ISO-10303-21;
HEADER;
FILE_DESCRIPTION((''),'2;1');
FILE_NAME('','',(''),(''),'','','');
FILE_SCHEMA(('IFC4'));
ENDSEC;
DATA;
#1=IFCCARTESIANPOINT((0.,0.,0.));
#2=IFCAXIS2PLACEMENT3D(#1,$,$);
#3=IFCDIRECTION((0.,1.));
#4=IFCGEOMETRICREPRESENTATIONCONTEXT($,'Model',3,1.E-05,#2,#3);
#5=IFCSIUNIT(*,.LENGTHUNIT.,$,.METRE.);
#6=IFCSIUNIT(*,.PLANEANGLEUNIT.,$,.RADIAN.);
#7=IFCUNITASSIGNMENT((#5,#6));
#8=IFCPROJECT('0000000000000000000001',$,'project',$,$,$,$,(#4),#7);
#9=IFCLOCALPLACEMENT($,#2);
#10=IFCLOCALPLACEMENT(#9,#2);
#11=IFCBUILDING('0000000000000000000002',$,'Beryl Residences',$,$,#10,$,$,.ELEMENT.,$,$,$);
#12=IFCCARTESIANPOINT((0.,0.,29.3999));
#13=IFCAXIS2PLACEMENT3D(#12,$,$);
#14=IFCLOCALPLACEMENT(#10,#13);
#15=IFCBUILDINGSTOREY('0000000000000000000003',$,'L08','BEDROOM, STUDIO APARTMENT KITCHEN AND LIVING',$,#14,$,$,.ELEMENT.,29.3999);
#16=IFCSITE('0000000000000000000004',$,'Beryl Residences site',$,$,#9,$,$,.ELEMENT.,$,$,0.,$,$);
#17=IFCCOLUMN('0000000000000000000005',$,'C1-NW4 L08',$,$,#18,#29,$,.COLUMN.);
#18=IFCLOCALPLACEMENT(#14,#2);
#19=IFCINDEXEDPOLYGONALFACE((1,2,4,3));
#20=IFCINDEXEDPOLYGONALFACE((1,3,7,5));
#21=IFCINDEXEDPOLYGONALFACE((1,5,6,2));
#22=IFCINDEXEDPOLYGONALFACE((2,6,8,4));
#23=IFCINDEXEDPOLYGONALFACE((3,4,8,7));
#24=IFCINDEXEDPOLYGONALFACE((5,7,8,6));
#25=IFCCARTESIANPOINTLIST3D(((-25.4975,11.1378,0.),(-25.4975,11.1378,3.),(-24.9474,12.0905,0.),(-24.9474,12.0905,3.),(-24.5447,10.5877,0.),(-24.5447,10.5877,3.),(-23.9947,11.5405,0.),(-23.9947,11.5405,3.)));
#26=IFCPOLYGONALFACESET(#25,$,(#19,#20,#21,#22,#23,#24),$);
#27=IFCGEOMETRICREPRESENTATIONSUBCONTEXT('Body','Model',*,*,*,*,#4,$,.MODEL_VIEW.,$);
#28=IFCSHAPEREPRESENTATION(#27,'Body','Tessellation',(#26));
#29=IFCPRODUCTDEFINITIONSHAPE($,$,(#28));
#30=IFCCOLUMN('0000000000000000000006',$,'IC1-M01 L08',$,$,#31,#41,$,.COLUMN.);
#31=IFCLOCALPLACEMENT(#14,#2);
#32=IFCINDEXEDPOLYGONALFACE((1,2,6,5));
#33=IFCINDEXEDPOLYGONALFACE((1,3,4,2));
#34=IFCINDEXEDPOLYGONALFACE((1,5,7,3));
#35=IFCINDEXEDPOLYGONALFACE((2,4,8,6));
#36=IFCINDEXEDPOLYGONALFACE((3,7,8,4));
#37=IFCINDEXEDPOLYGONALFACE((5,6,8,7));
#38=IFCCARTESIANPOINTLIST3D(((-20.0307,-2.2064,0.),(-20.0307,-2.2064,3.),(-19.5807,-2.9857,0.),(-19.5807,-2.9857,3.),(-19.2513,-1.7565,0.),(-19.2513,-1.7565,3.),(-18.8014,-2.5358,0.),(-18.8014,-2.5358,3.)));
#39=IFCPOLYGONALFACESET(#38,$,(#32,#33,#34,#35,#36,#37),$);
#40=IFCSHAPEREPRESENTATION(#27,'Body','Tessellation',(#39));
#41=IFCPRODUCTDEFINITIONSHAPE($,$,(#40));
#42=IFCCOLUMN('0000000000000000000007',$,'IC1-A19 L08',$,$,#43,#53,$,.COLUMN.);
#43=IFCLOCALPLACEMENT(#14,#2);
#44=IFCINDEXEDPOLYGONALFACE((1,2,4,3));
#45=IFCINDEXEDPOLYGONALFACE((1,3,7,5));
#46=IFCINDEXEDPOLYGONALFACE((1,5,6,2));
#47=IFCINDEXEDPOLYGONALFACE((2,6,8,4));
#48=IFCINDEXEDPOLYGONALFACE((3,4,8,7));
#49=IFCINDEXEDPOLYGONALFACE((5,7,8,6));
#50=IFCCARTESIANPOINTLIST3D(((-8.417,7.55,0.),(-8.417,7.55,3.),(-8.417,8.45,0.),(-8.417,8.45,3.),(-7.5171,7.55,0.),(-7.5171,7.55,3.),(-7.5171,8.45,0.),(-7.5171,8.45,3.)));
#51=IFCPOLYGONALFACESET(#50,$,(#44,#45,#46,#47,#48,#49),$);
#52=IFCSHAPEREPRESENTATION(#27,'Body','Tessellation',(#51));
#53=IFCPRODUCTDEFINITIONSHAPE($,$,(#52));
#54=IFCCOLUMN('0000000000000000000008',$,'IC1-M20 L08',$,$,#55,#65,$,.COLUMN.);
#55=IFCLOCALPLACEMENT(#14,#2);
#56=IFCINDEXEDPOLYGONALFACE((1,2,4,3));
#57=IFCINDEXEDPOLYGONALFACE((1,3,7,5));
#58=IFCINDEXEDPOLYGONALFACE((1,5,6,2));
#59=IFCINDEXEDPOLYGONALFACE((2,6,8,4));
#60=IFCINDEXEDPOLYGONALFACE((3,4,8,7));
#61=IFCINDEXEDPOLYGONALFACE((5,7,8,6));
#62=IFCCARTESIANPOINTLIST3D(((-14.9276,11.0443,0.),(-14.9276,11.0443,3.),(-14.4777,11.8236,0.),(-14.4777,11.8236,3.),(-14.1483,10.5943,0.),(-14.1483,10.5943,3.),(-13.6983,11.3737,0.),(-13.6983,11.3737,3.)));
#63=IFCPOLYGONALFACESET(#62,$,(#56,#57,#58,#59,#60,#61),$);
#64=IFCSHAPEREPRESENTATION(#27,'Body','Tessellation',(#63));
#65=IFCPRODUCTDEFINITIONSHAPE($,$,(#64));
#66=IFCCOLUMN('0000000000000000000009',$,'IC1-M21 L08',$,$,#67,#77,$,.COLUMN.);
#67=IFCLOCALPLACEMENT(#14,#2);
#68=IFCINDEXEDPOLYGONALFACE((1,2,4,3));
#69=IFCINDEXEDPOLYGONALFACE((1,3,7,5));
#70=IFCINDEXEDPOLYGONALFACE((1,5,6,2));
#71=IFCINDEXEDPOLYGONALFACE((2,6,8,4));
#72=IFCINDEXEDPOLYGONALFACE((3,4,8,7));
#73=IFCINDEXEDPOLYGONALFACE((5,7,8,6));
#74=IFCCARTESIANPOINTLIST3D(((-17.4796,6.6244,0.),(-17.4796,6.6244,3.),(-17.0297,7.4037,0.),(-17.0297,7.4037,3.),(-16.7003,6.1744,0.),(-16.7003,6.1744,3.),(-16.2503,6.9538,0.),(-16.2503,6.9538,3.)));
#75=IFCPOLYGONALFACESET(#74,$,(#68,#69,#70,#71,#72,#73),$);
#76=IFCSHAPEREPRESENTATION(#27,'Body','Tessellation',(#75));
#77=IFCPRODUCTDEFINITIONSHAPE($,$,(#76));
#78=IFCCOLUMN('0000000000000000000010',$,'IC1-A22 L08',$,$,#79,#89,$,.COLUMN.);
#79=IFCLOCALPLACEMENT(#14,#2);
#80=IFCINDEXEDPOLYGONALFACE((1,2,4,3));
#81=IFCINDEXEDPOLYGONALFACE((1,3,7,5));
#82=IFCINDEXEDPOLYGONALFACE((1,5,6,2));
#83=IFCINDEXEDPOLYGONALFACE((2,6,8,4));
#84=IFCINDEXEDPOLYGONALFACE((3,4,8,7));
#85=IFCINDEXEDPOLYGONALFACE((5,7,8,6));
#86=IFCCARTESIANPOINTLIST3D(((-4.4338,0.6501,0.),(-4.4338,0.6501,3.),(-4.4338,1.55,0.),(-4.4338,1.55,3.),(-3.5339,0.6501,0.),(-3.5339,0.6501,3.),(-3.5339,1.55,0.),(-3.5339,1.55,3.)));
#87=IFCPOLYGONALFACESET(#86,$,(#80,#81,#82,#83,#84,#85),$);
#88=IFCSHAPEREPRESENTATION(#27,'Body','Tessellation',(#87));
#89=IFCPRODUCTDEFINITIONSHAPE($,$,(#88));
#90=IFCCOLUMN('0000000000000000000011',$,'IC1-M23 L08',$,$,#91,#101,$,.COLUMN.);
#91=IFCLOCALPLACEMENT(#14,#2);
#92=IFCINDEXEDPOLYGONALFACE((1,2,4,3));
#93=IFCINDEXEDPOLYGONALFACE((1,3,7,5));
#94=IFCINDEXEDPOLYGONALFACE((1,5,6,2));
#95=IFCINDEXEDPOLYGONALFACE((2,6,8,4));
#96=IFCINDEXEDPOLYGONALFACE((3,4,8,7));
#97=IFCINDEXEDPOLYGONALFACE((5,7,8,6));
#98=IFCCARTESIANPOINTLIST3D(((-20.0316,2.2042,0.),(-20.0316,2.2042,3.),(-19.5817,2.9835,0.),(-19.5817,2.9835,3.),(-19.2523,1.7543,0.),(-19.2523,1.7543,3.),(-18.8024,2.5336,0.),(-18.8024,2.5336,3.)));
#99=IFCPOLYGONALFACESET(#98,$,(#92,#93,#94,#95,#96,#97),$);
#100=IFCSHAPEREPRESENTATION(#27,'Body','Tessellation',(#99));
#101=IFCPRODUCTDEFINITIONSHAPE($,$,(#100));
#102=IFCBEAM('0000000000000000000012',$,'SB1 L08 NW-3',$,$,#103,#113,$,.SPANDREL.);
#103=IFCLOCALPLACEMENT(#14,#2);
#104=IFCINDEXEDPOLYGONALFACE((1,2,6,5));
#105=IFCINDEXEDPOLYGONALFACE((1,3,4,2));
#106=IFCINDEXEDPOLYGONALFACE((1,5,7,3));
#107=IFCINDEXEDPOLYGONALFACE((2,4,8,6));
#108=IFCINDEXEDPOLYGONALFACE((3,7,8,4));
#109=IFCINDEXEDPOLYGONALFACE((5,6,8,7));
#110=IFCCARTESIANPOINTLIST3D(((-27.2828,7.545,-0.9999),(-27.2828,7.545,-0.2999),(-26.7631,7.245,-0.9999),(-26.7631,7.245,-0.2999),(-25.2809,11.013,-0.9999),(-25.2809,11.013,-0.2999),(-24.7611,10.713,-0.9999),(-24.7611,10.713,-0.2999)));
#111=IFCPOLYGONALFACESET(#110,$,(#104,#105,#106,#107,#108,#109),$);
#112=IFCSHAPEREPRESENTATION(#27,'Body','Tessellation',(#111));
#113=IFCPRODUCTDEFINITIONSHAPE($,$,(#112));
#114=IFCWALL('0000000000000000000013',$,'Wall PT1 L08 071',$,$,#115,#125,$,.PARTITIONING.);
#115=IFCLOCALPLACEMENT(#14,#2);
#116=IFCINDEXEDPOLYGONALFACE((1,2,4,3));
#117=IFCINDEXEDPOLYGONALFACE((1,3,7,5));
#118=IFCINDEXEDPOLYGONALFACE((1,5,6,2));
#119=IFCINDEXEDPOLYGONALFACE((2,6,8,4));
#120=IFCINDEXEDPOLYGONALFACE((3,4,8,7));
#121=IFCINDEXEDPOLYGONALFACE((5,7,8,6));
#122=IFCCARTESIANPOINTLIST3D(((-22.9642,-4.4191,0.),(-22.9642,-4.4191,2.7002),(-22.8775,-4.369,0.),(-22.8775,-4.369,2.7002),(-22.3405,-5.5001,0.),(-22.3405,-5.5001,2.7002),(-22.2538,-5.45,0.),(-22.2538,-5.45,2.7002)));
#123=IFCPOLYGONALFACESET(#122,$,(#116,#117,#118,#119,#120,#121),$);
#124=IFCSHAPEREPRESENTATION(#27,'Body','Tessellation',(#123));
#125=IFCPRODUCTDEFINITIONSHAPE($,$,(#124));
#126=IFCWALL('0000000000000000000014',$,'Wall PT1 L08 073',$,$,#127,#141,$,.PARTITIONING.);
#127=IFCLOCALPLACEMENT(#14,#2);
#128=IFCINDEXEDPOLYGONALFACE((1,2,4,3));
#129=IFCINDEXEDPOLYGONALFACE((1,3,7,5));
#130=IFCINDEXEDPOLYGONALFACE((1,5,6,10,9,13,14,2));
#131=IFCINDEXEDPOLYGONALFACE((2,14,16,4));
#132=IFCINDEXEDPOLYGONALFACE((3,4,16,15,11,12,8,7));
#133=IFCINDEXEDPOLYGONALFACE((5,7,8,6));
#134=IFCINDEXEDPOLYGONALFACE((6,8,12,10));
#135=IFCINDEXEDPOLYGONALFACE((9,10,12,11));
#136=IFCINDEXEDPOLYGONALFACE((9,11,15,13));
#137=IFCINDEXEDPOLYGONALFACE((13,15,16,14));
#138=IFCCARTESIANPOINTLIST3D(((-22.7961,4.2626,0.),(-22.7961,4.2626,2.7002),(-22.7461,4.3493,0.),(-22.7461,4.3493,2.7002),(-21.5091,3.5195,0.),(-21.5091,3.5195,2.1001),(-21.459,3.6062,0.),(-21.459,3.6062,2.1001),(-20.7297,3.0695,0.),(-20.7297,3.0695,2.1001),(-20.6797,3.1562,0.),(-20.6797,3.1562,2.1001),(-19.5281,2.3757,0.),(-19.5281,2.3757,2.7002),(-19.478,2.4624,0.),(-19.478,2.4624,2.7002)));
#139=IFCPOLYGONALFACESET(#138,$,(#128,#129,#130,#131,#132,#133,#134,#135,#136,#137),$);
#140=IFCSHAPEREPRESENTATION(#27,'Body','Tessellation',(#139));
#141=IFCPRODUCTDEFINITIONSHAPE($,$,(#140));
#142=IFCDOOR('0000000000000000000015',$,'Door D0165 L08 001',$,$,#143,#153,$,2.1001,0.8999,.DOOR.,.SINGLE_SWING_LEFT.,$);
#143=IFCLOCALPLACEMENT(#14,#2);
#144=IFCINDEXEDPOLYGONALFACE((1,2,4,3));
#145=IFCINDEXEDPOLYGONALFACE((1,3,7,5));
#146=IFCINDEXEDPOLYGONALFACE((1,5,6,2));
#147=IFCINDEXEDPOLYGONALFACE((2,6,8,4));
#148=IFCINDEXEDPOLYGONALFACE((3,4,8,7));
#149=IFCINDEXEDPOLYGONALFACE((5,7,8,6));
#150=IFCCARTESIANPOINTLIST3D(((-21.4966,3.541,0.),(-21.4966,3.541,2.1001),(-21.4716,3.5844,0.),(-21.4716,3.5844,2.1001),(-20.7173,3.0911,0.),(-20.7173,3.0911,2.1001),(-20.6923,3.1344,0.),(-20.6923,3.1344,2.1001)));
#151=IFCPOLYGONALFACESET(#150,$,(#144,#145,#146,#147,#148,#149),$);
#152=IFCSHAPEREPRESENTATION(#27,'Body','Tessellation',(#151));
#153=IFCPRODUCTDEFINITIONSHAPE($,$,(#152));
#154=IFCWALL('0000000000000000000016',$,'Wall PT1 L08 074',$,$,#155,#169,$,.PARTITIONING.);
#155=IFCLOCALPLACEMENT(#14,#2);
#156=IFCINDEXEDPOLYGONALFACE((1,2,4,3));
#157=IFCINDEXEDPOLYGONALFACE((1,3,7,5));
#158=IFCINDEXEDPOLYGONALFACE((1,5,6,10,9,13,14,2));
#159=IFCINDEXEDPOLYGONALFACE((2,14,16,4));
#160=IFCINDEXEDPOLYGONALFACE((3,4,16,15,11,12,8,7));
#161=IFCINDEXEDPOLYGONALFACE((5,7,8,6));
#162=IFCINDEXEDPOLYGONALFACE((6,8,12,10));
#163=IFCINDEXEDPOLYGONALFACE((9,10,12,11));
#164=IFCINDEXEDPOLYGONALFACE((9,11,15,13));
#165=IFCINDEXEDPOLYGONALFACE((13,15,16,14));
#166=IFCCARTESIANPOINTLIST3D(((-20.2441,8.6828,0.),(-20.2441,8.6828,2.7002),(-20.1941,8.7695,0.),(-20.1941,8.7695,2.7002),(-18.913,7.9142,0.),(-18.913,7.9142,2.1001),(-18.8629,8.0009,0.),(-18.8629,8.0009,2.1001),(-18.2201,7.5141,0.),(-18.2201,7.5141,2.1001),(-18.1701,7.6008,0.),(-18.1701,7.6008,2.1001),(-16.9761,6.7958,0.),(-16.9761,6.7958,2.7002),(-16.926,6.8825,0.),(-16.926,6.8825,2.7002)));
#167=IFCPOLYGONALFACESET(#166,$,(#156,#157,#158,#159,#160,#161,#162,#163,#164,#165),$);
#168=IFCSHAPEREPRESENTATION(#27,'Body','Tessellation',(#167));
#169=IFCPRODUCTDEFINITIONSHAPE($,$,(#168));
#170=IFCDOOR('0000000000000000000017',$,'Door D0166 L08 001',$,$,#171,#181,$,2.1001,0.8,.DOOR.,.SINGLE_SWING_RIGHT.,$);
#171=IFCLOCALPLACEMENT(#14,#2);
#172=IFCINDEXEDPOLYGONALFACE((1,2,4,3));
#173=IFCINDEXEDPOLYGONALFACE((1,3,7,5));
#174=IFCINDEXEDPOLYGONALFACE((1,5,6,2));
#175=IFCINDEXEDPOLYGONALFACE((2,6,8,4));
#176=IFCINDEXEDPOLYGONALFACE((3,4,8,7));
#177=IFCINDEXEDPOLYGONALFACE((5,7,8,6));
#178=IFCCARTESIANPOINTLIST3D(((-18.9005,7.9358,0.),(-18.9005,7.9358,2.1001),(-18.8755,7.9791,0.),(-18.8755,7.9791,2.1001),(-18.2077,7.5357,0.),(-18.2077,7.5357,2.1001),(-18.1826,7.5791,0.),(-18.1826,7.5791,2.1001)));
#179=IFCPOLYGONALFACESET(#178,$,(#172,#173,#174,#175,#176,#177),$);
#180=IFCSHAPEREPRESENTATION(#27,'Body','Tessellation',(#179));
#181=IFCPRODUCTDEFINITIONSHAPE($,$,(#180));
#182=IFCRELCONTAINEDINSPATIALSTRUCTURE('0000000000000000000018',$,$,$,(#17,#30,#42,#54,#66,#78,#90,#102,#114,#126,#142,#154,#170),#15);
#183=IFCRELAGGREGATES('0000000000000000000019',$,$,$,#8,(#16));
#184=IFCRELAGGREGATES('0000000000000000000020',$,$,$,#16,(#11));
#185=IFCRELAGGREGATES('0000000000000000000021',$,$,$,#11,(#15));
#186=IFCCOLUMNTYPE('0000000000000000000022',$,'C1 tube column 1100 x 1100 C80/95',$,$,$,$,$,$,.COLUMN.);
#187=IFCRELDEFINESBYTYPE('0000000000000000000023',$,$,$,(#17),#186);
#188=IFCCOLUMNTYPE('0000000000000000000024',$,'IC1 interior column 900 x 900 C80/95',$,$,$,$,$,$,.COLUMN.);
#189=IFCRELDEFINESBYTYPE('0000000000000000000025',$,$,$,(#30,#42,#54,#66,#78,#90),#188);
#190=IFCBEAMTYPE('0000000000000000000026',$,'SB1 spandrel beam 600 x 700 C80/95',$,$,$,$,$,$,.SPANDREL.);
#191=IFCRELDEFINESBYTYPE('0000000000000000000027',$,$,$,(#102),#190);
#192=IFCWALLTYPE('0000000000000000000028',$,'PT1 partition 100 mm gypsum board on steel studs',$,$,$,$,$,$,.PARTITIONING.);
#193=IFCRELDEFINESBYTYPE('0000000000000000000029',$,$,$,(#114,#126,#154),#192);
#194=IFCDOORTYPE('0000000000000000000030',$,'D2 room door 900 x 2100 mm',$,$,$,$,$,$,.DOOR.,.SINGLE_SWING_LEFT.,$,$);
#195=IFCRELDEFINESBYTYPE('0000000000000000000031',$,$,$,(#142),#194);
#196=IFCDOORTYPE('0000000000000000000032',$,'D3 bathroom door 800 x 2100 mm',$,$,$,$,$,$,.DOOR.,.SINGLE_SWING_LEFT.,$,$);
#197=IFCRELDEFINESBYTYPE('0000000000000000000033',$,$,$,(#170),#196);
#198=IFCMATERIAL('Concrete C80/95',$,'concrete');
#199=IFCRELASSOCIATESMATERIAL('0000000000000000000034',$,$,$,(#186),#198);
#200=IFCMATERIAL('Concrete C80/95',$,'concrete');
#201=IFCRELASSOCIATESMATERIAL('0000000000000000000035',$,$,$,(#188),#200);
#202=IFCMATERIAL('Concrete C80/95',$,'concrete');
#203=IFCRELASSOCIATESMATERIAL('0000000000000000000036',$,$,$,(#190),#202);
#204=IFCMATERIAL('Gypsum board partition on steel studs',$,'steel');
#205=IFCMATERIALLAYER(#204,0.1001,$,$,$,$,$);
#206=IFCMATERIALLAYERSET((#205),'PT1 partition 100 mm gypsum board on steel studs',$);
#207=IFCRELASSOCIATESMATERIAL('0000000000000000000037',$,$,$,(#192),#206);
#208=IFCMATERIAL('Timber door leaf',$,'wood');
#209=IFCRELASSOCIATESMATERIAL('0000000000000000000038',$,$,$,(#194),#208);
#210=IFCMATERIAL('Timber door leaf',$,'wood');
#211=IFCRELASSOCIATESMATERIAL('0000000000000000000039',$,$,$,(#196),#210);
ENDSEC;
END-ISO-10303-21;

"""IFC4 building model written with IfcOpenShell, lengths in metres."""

from ifc_helpers import new_model, si_unit, direction, frame, frame_2d, origin, origin_2d, place, context, subcontext, project, spatial, rectangle, extrude, material, layer, layer_set, material_profile, profile_set, type_object, element, fill, save


model = new_model("IFC4")

# Units and contexts
model_context = context("Model", 3, precision=1e-05, world=origin(), true_north=direction((0.0, 1.0)))
body_context = subcontext(model_context, "Body", "Model", "MODEL_VIEW")
ifc_project = project(units=[si_unit("LENGTHUNIT", "METRE"), si_unit("PLANEANGLEUNIT", "RADIAN")], contexts=[model_context])

# Site, building, storey
site_placement = place(None, origin())
site = spatial("IfcSite", under=ifc_project, at=site_placement, Name="Beryl Residences site", CompositionType="ELEMENT", RefElevation=0.0)
building_placement = place(site_placement, origin())
building = spatial("IfcBuilding", under=site, at=building_placement, Name="Beryl Residences", CompositionType="ELEMENT")
storey_placement = place(building_placement, frame((0.0, 0.0, 29.3999)))
storey = spatial("IfcBuildingStorey", under=building, at=storey_placement, Name="L08", Description="BEDROOM, STUDIO APARTMENT KITCHEN AND LIVING", CompositionType="ELEMENT", Elevation=29.3999)

# Columns
ifc_material_1 = material(Name="Concrete C80/95", Category="concrete")
ifc_material_profile_1 = material_profile(ifc_material_1, rectangle(XDim=1.1001, YDim=1.1001, at=origin_2d()))
ifc_profile_set_1 = profile_set([ifc_material_profile_1], Name="Concrete C80/95")
column_type_1 = type_object("IfcColumnType", Name="C1 tube column 1100 x 1100 C80/95", PredefinedType="COLUMN", material=ifc_profile_set_1)
column_placement = place(storey_placement, frame((-24.7461, 11.3391, 0.0), z_axis=(0.0, 0.0, 1.0), x_axis=(-0.499985, -0.866034, 0.0)))
element("IfcColumn", 1, at=column_placement, inside=storey, type_object=column_type_1, Name="C1-NW4 L08", PredefinedType="COLUMN", context=body_context, shape_type="SweptSolid", body=[
    extrude(rectangle(XDim=1.1001, YDim=1.1001, at=origin_2d()), origin(), (0.0, 0.0, 1.0), 3.0),
])
ifc_material_2 = material(Name="Concrete C80/95", Category="concrete")
ifc_material_profile_2 = material_profile(ifc_material_2, rectangle(XDim=0.8999, YDim=0.8999, at=origin_2d()))
ifc_profile_set_2 = profile_set([ifc_material_profile_2], Name="Concrete C80/95")
column_type_2 = type_object("IfcColumnType", Name="IC1 interior column 900 x 900 C80/95", PredefinedType="COLUMN", material=ifc_profile_set_2)
for number, where, z_axis, x_axis, name in (
    (2, (-19.416, -2.3711, 0.0), (0.0, 0.0, 1.0), (0.499985, -0.866034, 0.0), "IC1-M01 L08"),
    (3, (-7.967, 8.0, 0.0), (0.0, 0.0, 1.0), (1.0, 0.0, 0.0), "IC1-A19 L08"),
    (4, (-14.313, 11.209, 0.0), (0.0, 0.0, 1.0), (-0.499985, -0.866034, 0.0), "IC1-M20 L08"),
    (5, (-16.865, 6.7891, 0.0), (0.0, 0.0, 1.0), (-0.499985, -0.866034, 0.0), "IC1-M21 L08"),
    (6, (-3.9839, 1.1001, 0.0), (0.0, 0.0, 1.0), (1.0, 0.0, 0.0), "IC1-A22 L08"),
    (7, (-19.417, 2.3689, 0.0), (0.0, 0.0, 1.0), (-0.499985, -0.866034, 0.0), "IC1-M23 L08"),
):
    element("IfcColumn", number, at=place(storey_placement, frame(where, z_axis=z_axis, x_axis=x_axis)), inside=storey, type_object=column_type_2, Name=name, PredefinedType="COLUMN", context=body_context, shape_type="SweptSolid", body=[
        extrude(rectangle(XDim=0.8999, YDim=0.8999, at=origin_2d()), origin(), (0.0, 0.0, 1.0), 3.0),
    ])

# Beam
ifc_material_3 = material(Name="Concrete C80/95", Category="concrete")
ifc_material_profile_3 = material_profile(ifc_material_3, rectangle(XDim=0.6001, YDim=0.7, at=origin_2d()))
ifc_profile_set_3 = profile_set([ifc_material_profile_3], Name="Concrete C80/95")
beam_type = type_object("IfcBeamType", Name="SB1 spandrel beam 600 x 700 C80/95", PredefinedType="SPANDREL", material=ifc_profile_set_3)
beam_placement = place(storey_placement, frame((-25.021, 10.863, -0.6499), z_axis=(-0.499942, -0.866059, 0.0), x_axis=(0.866059, -0.499942, 0.0)))
element("IfcBeam", 8, at=beam_placement, inside=storey, type_object=beam_type, Name="SB1 L08 NW-3", PredefinedType="SPANDREL", context=body_context, shape_type="SweptSolid", body=[
    extrude(rectangle(XDim=0.6001, YDim=0.7, at=origin_2d()), origin(), (0.0, 0.0, 1.0), 4.0044),
])

# Wall
ifc_material_4 = material(Name="Gypsum board partition on steel studs", Category="steel")
ifc_layer_1 = layer(ifc_material_4, 0.1001)
ifc_layer_set_1 = layer_set([ifc_layer_1], Name="PT1 partition 100 mm gypsum board on steel studs")
wall_type_1 = type_object("IfcWallType", Name="PT1 partition 100 mm gypsum board on steel studs", PredefinedType="PARTITIONING", material=ifc_layer_set_1)
wall_1_placement = place(storey_placement, frame((-22.9209, -4.394, 0.0), z_axis=(0.0, 0.0, 1.0), x_axis=(0.499779, -0.866153, 0.0)))
element("IfcWall", 9, at=wall_1_placement, inside=storey, type_object=wall_type_1, Name="Wall PT1 L08 071", PredefinedType="PARTITIONING", context=body_context, shape_type="SweptSolid", body=[
    extrude(rectangle(XDim=1.248, YDim=0.1001, at=frame_2d((0.624, 0.0))), origin(), (0.0, 0.0, 1.0), 2.7002),
])

# Walls, openings, doors
wall_2_placement = place(storey_placement, frame((-22.771, 4.3059, 0.0), z_axis=(0.0, 0.0, 1.0), x_axis=(0.866009, -0.500029, 0.0)))
wall_2 = element("IfcWall", 10, at=wall_2_placement, inside=storey, type_object=wall_type_1, Name="Wall PT1 L08 073", PredefinedType="PARTITIONING", context=body_context, shape_type="SweptSolid", body=[
    extrude(rectangle(XDim=3.7737, YDim=0.1001, at=frame_2d((1.8867, 0.0))), origin(), (0.0, 0.0, 1.0), 2.7002),
])
opening_1_placement = place(wall_2_placement, frame((1.4861, 0.0, 0.0)))
opening_1 = element("IfcOpeningElement", 11, at=opening_1_placement, cuts=wall_2, PredefinedType="OPENING", context=body_context, shape_type="SweptSolid", body=[
    extrude(rectangle(XDim=0.8999, YDim=2.1001, at=frame_2d((0.45, 1.05))), frame((0.0, 0.0601, 0.0), z_axis=(0.0, -1.0, 0.0), x_axis=(1.0, 0.0, 0.0)), (0.0, 0.0, 1.0), 0.1201),
])
ifc_material_5 = material(Name="Timber door leaf", Category="wood")
door_type_1 = type_object("IfcDoorType", Name="D2 room door 900 x 2100 mm", OperationType="SINGLE_SWING_LEFT", PredefinedType="DOOR", material=ifc_material_5)
door_1_placement = place(opening_1_placement, origin())
door_1 = element("IfcDoor", 12, at=door_1_placement, inside=storey, type_object=door_type_1, Name="Door D0165 L08 001", OperationType="SINGLE_SWING_LEFT", OverallHeight=2.1001, OverallWidth=0.8999, PredefinedType="DOOR", context=body_context, shape_type="SweptSolid", body=[
    extrude(rectangle(XDim=0.8999, YDim=2.1001, at=frame_2d((0.45, 1.05))), frame((0.0, 0.0249, 0.0), z_axis=(0.0, -1.0, 0.0), x_axis=(1.0, 0.0, 0.0)), (0.0, 0.0, 1.0), 0.05),
])
fill(opening_1, door_1)
wall_3_placement = place(storey_placement, frame((-20.219, 8.7261, 0.0), z_axis=(0.0, 0.0, 1.0), x_axis=(0.866009, -0.500029, 0.0)))
wall_3 = element("IfcWall", 13, at=wall_3_placement, inside=storey, type_object=wall_type_1, Name="Wall PT1 L08 074", PredefinedType="PARTITIONING", context=body_context, shape_type="SweptSolid", body=[
    extrude(rectangle(XDim=3.7737, YDim=0.1001, at=frame_2d((1.8867, 0.0))), origin(), (0.0, 0.0, 1.0), 2.7002),
])
opening_2_placement = place(wall_3_placement, frame((1.5371, 0.0, 0.0)))
opening_2 = element("IfcOpeningElement", 14, at=opening_2_placement, cuts=wall_3, PredefinedType="OPENING", context=body_context, shape_type="SweptSolid", body=[
    extrude(rectangle(XDim=0.8, YDim=2.1001, at=frame_2d((0.3999, 1.05))), frame((0.0, 0.0601, 0.0), z_axis=(0.0, -1.0, 0.0), x_axis=(1.0, 0.0, 0.0)), (0.0, 0.0, 1.0), 0.1201),
])
ifc_material_6 = material(Name="Timber door leaf", Category="wood")
door_type_2 = type_object("IfcDoorType", Name="D3 bathroom door 800 x 2100 mm", OperationType="SINGLE_SWING_LEFT", PredefinedType="DOOR", material=ifc_material_6)
door_2_placement = place(opening_2_placement, origin())
door_2 = element("IfcDoor", 15, at=door_2_placement, inside=storey, type_object=door_type_2, Name="Door D0166 L08 001", OperationType="SINGLE_SWING_RIGHT", OverallHeight=2.1001, OverallWidth=0.8, PredefinedType="DOOR", context=body_context, shape_type="SweptSolid", body=[
    extrude(rectangle(XDim=0.8, YDim=2.1001, at=frame_2d((0.3999, 1.05))), frame((0.0, 0.0249, 0.0), z_axis=(0.0, -1.0, 0.0), x_axis=(1.0, 0.0, 0.0)), (0.0, 0.0, 1.0), 0.05),
])
fill(opening_2, door_2)

save(model, "model.ifc")
